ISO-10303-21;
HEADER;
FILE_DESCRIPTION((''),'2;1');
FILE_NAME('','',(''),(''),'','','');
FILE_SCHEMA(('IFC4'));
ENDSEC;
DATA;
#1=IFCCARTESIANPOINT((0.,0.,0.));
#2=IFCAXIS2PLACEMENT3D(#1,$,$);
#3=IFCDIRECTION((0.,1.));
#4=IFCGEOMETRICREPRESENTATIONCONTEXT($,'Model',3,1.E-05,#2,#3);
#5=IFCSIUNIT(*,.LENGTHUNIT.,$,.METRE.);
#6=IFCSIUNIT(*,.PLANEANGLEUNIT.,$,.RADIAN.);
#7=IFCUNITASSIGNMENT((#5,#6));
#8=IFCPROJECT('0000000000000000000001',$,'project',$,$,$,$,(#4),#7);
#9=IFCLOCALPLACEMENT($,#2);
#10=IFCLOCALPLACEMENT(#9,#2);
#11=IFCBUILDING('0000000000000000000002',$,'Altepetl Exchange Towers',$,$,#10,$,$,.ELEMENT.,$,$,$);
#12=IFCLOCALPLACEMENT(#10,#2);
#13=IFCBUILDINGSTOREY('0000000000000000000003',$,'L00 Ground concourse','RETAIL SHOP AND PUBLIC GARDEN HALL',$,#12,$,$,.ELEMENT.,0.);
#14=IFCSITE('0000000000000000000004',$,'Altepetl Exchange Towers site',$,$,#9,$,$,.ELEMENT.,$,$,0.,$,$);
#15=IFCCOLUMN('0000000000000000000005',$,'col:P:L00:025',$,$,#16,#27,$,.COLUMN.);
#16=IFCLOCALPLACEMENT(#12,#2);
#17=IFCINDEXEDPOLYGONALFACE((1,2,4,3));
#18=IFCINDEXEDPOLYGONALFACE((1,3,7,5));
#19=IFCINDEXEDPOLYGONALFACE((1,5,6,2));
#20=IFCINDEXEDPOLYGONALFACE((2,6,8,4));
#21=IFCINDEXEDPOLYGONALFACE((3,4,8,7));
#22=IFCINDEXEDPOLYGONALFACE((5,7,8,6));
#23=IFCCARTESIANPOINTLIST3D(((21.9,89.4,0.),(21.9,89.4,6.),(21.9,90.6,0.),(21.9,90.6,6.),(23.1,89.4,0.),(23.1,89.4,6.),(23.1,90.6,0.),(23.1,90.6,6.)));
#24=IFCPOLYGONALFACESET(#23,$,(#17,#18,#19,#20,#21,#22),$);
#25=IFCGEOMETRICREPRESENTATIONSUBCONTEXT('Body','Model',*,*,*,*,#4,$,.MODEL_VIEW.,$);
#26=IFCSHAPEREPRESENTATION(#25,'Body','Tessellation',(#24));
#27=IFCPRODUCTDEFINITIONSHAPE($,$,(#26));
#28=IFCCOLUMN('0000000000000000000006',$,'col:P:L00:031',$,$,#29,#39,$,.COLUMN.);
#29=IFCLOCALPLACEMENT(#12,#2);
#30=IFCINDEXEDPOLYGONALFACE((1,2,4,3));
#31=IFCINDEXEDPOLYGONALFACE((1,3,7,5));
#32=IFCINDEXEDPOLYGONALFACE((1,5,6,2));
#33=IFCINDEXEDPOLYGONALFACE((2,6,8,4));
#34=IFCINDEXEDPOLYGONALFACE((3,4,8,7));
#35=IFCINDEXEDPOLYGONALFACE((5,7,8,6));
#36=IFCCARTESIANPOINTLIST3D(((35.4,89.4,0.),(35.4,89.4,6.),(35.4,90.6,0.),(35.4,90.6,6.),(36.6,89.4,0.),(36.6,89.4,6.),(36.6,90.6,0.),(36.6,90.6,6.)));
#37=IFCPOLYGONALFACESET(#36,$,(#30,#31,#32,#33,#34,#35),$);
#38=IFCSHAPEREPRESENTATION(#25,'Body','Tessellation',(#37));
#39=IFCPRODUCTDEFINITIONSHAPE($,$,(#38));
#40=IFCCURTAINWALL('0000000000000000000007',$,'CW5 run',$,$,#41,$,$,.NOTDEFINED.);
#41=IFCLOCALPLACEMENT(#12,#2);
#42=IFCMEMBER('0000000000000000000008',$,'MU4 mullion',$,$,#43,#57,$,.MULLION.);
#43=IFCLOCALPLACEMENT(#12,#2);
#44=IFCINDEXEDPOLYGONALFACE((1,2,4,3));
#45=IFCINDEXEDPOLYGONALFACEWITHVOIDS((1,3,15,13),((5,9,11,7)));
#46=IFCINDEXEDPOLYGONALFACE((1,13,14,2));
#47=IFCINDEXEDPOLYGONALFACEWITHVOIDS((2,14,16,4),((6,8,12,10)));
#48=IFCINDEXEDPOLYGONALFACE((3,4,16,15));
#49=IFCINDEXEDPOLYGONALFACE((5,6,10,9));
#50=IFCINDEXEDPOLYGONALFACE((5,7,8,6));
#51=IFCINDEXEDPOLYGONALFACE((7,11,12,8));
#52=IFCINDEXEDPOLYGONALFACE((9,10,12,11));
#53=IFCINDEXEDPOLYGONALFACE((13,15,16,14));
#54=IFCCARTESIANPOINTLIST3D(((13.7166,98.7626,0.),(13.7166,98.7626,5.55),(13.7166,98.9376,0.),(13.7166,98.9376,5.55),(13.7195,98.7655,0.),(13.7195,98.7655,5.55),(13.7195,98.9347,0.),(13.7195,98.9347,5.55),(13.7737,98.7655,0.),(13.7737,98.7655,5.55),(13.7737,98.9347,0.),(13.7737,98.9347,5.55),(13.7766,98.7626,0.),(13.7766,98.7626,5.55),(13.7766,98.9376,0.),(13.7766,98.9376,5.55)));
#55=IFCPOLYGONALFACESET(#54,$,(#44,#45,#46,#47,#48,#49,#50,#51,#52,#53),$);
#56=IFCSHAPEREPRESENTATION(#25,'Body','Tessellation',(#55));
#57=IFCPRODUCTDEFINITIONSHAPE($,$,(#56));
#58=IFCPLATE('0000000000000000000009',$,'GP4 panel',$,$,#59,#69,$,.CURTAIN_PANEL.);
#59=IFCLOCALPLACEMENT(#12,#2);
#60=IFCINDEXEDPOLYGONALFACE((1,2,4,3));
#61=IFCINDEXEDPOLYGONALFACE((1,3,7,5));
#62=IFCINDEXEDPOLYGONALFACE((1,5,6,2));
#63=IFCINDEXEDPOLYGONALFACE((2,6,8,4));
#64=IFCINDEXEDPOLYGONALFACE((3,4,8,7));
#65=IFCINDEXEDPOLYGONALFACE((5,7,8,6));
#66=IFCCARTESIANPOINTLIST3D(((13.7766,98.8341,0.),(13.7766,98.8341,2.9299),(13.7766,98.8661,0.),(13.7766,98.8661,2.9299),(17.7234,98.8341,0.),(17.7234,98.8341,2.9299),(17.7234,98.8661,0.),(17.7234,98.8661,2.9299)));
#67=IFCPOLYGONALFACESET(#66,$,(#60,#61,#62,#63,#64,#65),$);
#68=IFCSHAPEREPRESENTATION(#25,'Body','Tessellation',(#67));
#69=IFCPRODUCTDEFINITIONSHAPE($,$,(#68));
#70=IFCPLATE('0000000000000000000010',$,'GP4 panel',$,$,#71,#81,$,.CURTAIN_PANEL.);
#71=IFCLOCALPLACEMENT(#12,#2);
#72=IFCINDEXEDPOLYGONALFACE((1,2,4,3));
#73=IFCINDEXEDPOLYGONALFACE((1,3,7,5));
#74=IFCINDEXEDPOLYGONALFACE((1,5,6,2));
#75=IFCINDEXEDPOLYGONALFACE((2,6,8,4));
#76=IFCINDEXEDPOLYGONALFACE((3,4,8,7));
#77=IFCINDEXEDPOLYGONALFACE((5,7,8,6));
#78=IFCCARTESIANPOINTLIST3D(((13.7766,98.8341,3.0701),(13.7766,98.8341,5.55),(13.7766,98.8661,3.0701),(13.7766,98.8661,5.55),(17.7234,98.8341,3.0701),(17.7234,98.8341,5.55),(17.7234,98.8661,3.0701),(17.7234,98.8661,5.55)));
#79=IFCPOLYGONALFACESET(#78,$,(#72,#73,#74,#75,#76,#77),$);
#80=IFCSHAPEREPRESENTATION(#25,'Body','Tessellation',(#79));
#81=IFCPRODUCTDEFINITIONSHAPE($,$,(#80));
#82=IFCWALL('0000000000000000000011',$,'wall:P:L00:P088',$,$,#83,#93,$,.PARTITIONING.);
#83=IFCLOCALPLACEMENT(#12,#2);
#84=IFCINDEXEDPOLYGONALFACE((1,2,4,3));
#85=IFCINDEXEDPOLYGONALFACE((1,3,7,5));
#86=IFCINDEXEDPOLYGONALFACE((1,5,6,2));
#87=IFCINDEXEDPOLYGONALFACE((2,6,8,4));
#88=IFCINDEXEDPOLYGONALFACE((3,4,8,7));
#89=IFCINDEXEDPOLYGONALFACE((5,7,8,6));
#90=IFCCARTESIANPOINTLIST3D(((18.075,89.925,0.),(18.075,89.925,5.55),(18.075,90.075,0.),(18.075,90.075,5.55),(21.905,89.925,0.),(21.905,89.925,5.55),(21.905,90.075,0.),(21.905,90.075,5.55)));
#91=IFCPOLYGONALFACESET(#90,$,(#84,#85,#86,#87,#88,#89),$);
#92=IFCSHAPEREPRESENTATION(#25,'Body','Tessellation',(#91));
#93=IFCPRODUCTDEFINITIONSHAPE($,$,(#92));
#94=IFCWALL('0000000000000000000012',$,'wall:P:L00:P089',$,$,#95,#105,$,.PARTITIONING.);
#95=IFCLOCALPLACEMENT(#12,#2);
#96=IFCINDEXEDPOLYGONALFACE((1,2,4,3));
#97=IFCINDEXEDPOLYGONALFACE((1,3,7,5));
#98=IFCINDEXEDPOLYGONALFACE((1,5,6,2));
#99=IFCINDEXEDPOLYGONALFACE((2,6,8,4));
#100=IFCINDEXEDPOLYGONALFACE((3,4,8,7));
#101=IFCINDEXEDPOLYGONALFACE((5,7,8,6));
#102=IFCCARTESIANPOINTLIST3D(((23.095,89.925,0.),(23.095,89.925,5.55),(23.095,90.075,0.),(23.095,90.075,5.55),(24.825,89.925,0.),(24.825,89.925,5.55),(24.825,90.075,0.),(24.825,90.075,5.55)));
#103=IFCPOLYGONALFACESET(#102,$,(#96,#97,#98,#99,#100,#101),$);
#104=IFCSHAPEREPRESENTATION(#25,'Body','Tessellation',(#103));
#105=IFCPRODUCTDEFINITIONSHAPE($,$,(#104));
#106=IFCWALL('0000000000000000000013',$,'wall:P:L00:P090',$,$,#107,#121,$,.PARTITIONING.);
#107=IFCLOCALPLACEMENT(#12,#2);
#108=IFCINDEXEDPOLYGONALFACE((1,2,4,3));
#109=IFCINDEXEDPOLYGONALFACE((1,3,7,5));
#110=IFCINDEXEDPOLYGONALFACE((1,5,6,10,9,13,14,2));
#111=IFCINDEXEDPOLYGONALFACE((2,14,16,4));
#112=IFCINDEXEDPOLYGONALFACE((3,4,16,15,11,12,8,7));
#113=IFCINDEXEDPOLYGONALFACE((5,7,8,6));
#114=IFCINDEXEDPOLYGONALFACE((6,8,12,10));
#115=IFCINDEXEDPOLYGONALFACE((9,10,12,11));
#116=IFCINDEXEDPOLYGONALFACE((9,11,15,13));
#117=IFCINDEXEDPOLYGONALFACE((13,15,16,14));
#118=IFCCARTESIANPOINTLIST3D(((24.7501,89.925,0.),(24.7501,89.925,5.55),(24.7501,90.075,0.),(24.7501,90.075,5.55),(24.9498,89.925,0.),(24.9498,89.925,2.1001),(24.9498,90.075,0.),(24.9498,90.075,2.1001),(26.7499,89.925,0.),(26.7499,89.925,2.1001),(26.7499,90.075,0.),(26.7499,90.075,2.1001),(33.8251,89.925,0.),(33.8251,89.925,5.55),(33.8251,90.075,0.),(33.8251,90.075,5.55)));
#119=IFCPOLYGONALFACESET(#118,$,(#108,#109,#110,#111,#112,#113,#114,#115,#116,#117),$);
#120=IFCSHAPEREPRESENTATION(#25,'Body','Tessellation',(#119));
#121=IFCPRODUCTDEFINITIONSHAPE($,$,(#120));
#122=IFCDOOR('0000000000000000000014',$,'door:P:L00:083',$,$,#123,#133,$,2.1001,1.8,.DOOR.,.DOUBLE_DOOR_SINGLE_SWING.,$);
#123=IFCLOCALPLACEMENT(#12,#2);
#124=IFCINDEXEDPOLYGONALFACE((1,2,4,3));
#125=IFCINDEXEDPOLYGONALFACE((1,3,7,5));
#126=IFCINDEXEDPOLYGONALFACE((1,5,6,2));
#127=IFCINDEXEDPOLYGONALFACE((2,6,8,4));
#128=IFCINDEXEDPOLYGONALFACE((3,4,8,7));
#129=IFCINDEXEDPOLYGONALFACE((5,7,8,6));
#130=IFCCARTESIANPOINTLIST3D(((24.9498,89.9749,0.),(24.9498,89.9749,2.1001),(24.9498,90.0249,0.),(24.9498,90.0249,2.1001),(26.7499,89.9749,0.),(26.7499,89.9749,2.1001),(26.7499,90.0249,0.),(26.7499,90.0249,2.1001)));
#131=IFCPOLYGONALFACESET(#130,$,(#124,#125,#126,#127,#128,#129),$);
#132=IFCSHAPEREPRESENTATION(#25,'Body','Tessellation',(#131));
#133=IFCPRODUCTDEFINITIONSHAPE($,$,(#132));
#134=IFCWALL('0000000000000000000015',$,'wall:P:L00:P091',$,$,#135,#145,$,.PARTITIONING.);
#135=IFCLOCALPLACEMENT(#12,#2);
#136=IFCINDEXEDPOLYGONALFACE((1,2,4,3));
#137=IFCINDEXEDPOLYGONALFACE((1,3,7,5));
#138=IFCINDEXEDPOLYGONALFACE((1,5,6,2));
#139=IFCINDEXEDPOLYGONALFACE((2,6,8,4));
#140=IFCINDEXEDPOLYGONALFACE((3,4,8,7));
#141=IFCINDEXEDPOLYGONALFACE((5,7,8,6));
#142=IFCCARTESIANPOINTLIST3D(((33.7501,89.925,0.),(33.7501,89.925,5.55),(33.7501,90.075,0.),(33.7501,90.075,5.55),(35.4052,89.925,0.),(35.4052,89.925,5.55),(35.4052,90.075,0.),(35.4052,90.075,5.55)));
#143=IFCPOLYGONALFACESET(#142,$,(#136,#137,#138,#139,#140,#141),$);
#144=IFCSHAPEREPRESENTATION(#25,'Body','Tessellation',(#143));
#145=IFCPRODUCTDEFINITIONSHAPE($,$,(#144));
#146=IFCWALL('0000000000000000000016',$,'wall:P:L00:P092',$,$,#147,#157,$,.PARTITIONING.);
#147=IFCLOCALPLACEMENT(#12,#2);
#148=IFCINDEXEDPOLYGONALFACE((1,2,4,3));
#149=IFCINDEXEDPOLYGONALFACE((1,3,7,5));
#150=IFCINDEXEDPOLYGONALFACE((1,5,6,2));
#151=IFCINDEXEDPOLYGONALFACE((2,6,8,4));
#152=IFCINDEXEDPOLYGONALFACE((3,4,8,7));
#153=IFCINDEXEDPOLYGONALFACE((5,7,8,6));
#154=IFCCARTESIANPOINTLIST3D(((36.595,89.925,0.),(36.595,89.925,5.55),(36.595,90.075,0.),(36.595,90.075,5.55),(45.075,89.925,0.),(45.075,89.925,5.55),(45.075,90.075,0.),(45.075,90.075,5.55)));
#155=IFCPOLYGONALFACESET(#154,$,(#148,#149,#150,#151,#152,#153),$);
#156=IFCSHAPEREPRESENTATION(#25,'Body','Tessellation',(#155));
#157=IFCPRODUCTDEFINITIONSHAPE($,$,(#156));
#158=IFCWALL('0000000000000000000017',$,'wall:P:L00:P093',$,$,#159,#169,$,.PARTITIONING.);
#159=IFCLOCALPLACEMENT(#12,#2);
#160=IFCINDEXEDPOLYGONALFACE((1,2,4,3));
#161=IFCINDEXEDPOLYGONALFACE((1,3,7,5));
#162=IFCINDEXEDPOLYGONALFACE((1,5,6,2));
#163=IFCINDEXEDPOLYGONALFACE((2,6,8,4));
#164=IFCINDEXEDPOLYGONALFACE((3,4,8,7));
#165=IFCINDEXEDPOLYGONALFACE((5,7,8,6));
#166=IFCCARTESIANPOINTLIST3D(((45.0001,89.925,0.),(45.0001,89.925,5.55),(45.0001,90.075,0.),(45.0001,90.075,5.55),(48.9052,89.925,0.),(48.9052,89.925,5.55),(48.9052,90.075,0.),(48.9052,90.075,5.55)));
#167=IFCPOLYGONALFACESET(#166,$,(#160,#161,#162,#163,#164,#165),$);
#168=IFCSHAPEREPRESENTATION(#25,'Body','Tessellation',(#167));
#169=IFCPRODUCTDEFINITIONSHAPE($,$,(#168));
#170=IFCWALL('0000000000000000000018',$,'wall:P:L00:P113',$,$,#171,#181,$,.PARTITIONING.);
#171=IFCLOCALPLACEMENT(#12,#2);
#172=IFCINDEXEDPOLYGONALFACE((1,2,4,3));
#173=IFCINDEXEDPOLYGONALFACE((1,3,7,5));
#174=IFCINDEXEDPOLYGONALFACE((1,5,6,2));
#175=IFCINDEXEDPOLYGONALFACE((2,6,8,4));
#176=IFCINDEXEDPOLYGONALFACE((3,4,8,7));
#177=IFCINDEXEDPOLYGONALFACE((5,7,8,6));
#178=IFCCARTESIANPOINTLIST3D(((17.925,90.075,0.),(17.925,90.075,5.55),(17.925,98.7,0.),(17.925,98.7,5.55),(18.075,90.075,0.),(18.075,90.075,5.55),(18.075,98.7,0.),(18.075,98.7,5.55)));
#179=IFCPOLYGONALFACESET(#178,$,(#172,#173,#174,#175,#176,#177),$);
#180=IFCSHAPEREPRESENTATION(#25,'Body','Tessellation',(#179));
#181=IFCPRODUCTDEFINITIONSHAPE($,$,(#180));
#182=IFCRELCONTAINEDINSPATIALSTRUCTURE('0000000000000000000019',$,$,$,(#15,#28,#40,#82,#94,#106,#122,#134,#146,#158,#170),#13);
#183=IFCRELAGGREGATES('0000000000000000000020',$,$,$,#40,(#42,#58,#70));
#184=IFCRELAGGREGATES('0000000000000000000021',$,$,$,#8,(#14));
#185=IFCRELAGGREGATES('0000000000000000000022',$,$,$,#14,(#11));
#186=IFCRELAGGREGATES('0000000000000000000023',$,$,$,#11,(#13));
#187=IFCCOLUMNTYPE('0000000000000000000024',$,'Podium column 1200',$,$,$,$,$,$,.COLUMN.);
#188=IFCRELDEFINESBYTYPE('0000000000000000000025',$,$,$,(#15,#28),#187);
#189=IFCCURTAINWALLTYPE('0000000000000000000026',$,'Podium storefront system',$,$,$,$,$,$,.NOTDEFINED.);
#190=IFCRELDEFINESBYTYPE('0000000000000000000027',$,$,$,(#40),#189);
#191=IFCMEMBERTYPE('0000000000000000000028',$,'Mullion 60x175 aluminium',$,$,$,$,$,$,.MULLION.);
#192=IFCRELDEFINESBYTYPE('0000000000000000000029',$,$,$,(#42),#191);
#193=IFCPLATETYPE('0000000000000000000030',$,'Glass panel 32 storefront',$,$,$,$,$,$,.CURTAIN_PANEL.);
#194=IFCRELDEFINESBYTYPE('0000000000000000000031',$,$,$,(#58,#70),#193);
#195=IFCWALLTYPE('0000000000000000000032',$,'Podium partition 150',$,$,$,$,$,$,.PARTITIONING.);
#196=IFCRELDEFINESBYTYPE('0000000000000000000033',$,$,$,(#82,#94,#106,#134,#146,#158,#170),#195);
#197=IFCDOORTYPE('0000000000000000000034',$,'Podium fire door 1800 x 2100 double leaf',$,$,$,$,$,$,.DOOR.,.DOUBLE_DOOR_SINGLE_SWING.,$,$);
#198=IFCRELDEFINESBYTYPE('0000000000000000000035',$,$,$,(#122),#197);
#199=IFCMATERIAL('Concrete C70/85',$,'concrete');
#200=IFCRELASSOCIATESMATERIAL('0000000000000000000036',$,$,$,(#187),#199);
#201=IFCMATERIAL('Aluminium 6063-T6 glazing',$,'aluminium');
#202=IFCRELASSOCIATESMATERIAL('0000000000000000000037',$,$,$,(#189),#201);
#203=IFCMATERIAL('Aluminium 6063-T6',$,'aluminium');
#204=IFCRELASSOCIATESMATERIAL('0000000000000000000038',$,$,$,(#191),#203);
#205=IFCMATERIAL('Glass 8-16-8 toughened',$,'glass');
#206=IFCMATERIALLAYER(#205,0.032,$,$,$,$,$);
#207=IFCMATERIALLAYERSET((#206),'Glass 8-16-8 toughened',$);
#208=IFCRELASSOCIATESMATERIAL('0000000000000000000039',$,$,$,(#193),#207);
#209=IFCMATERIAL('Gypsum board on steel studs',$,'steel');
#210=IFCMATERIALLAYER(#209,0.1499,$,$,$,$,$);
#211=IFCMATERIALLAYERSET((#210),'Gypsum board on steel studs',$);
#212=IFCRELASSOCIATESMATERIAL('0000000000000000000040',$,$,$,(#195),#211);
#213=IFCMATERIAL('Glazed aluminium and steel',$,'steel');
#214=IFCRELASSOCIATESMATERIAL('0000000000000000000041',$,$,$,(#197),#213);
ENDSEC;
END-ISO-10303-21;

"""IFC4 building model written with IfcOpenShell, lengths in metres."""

from ifc_helpers import new_model, si_unit, direction, frame, frame_2d, origin, origin_2d, place, context, subcontext, project, spatial, rectangle, hollow_rectangle, extrude, material, layer, layer_set, material_profile, profile_set, type_object, element, fill, aggregate, save


model = new_model("IFC4")

# Units and contexts
model_context = context("Model", 3, precision=1e-05, world=origin(), true_north=direction((0.0, 1.0)))
body_context = subcontext(model_context, "Body", "Model", "MODEL_VIEW")
ifc_project = project(units=[si_unit("LENGTHUNIT", "METRE"), si_unit("PLANEANGLEUNIT", "RADIAN")], contexts=[model_context])

# Site, building, storey
site_placement = place(None, origin())
site = spatial("IfcSite", under=ifc_project, at=site_placement, Name="Altepetl Exchange Towers site", CompositionType="ELEMENT", RefElevation=0.0)
building_placement = place(site_placement, origin())
building = spatial("IfcBuilding", under=site, at=building_placement, Name="Altepetl Exchange Towers", CompositionType="ELEMENT")
storey_placement = place(building_placement, origin())
storey = spatial("IfcBuildingStorey", under=building, at=storey_placement, Name="L00 Ground concourse", Description="RETAIL SHOP AND PUBLIC GARDEN HALL", CompositionType="ELEMENT", Elevation=0.0)

# Columns
ifc_material_1 = material(Name="Concrete C70/85", Category="concrete")
ifc_material_profile_1 = material_profile(ifc_material_1, rectangle(XDim=1.2, YDim=1.2, at=origin_2d()), Name="1200 x 1200")
ifc_profile_set_1 = profile_set([ifc_material_profile_1], Name="Concrete C70/85")
column_type = type_object("IfcColumnType", Name="Podium column 1200", PredefinedType="COLUMN", material=ifc_profile_set_1)
for number, where, name in (
    (1, (22.5, 90.0, 0.0), "col:P:L00:025"),
    (2, (36.0, 90.0, 0.0), "col:P:L00:031"),
):
    element("IfcColumn", number, at=place(storey_placement, frame(where)), inside=storey, type_object=column_type, Name=name, PredefinedType="COLUMN", context=body_context, shape_type="SweptSolid", body=[
        extrude(rectangle(XDim=1.2, YDim=1.2, at=origin_2d()), origin(), (0.0, 0.0, 1.0), 6.0),
    ])

# Curtain wall, member, plates
ifc_material_2 = material(Name="Aluminium 6063-T6 glazing", Category="aluminium")
curtain_wall_type = type_object("IfcCurtainWallType", Name="Podium storefront system", PredefinedType="NOTDEFINED", material=ifc_material_2)
curtain_wall_placement = place(storey_placement, origin())
curtain_wall = element("IfcCurtainWall", 3, at=curtain_wall_placement, inside=storey, type_object=curtain_wall_type, Name="CW5 run", PredefinedType="NOTDEFINED")
ifc_material_3 = material(Name="Aluminium 6063-T6", Category="aluminium")
ifc_material_profile_2 = material_profile(ifc_material_3, hollow_rectangle(XDim=0.0601, YDim=0.175, WallThickness=0.0029, at=origin_2d()), Name="Mullion 60x175 aluminium")
ifc_profile_set_2 = profile_set([ifc_material_profile_2], Name="Aluminium 6063-T6")
member_type = type_object("IfcMemberType", Name="Mullion 60x175 aluminium", PredefinedType="MULLION", material=ifc_profile_set_2)
member_placement = place(storey_placement, frame((13.7466, 98.8501, 0.0), z_axis=(0.0, 0.0, 1.0), x_axis=(-1.0, 0.0, 0.0)))
member = element("IfcMember", 4, at=member_placement, type_object=member_type, Name="MU4 mullion", PredefinedType="MULLION", context=body_context, shape_type="SweptSolid", body=[
    extrude(hollow_rectangle(XDim=0.0601, YDim=0.175, WallThickness=0.0029, at=origin_2d()), origin(), (0.0, 0.0, 1.0), 5.55),
])
ifc_material_4 = material(Name="Glass 8-16-8 toughened", Category="glass")
ifc_layer_1 = layer(ifc_material_4, 0.032)
ifc_layer_set_1 = layer_set([ifc_layer_1], Name="Glass 8-16-8 toughened")
plate_type = type_object("IfcPlateType", Name="Glass panel 32 storefront", PredefinedType="CURTAIN_PANEL", material=ifc_layer_set_1)
plate_1_placement = place(storey_placement, frame((15.75, 98.8501, 0.0), z_axis=(0.0, 0.0, 1.0), x_axis=(-1.0, 0.0, 0.0)))
plate_1 = element("IfcPlate", 5, at=plate_1_placement, type_object=plate_type, Name="GP4 panel", PredefinedType="CURTAIN_PANEL", context=body_context, shape_type="SweptSolid", body=[
    extrude(rectangle(XDim=3.9468, YDim=0.032, at=origin_2d()), origin(), (0.0, 0.0, 1.0), 2.9299),
])
plate_2_placement = place(storey_placement, frame((15.75, 98.8501, 3.0701), z_axis=(0.0, 0.0, 1.0), x_axis=(-1.0, 0.0, 0.0)))
plate_2 = element("IfcPlate", 6, at=plate_2_placement, type_object=plate_type, Name="GP4 panel", PredefinedType="CURTAIN_PANEL", context=body_context, shape_type="SweptSolid", body=[
    extrude(rectangle(XDim=3.9468, YDim=0.032, at=origin_2d()), origin(), (0.0, 0.0, 1.0), 2.48),
])
aggregate(curtain_wall, [member, plate_1, plate_2])

# Walls
ifc_material_5 = material(Name="Gypsum board on steel studs", Category="steel")
ifc_layer_2 = layer(ifc_material_5, 0.1499)
ifc_layer_set_2 = layer_set([ifc_layer_2], Name="Gypsum board on steel studs")
wall_type_1 = type_object("IfcWallType", Name="Podium partition 150", PredefinedType="PARTITIONING", material=ifc_layer_set_2)
wall_1_placement = place(storey_placement, frame((18.075, 90.0, 0.0)))
element("IfcWall", 7, at=wall_1_placement, inside=storey, type_object=wall_type_1, Name="wall:P:L00:P088", PredefinedType="PARTITIONING", context=body_context, shape_type="SweptSolid", body=[
    extrude(rectangle(XDim=3.8301, YDim=0.1499, at=frame_2d((1.915, 0.0))), origin(), (0.0, 0.0, 1.0), 5.55),
])
wall_2_placement = place(storey_placement, frame((23.095, 90.0, 0.0)))
element("IfcWall", 8, at=wall_2_placement, inside=storey, type_object=wall_type_1, Name="wall:P:L00:P089", PredefinedType="PARTITIONING", context=body_context, shape_type="SweptSolid", body=[
    extrude(rectangle(XDim=1.73, YDim=0.1499, at=frame_2d((0.865, 0.0))), origin(), (0.0, 0.0, 1.0), 5.55),
])

# Wall, opening, door
wall_3_placement = place(storey_placement, frame((24.75, 90.0, 0.0)))
wall_3 = element("IfcWall", 9, at=wall_3_placement, inside=storey, type_object=wall_type_1, Name="wall:P:L00:P090", PredefinedType="PARTITIONING", context=body_context, shape_type="SweptSolid", body=[
    extrude(rectangle(XDim=9.075, YDim=0.1499, at=frame_2d((4.5376, 0.0))), origin(), (0.0, 0.0, 1.0), 5.55),
])
opening_1_placement = place(wall_3_placement, frame((0.2, 0.0, 0.0)))
opening_1 = element("IfcOpeningElement", 10, at=opening_1_placement, cuts=wall_3, PredefinedType="OPENING", context=body_context, shape_type="SweptSolid", body=[
    extrude(rectangle(XDim=1.8, YDim=2.1001, at=frame_2d((0.8999, 1.05))), frame((0.0, 0.085, 0.0), z_axis=(0.0, -1.0, 0.0), x_axis=(1.0, 0.0, 0.0)), (0.0, 0.0, 1.0), 0.1699),
])
ifc_material_6 = material(Name="Glazed aluminium and steel", Category="steel")
door_type_1 = type_object("IfcDoorType", Name="Podium fire door 1800 x 2100 double leaf", OperationType="DOUBLE_DOOR_SINGLE_SWING", PredefinedType="DOOR", material=ifc_material_6)
door_1_placement = place(opening_1_placement, origin())
door_1 = element("IfcDoor", 11, at=door_1_placement, inside=storey, type_object=door_type_1, Name="door:P:L00:083", OperationType="DOUBLE_DOOR_SINGLE_SWING", OverallHeight=2.1001, OverallWidth=1.8, PredefinedType="DOOR", context=body_context, shape_type="SweptSolid", body=[
    extrude(rectangle(XDim=1.8, YDim=2.1001, at=frame_2d((0.8999, 1.05))), frame((0.0, 0.0249, 0.0), z_axis=(0.0, -1.0, 0.0), x_axis=(1.0, 0.0, 0.0)), (0.0, 0.0, 1.0), 0.05),
])
fill(opening_1, door_1)

# Walls
wall_4_placement = place(storey_placement, frame((33.75, 90.0, 0.0)))
element("IfcWall", 12, at=wall_4_placement, inside=storey, type_object=wall_type_1, Name="wall:P:L00:P091", PredefinedType="PARTITIONING", context=body_context, shape_type="SweptSolid", body=[
    extrude(rectangle(XDim=1.655, YDim=0.1499, at=frame_2d((0.8276, 0.0))), origin(), (0.0, 0.0, 1.0), 5.55),
])
wall_5_placement = place(storey_placement, frame((36.595, 90.0, 0.0)))
element("IfcWall", 13, at=wall_5_placement, inside=storey, type_object=wall_type_1, Name="wall:P:L00:P092", PredefinedType="PARTITIONING", context=body_context, shape_type="SweptSolid", body=[
    extrude(rectangle(XDim=8.48, YDim=0.1499, at=frame_2d((4.24, 0.0))), origin(), (0.0, 0.0, 1.0), 5.55),
])
wall_6_placement = place(storey_placement, frame((45.0, 90.0, 0.0)))
element("IfcWall", 14, at=wall_6_placement, inside=storey, type_object=wall_type_1, Name="wall:P:L00:P093", PredefinedType="PARTITIONING", context=body_context, shape_type="SweptSolid", body=[
    extrude(rectangle(XDim=3.905, YDim=0.1499, at=frame_2d((1.9526, 0.0))), origin(), (0.0, 0.0, 1.0), 5.55),
])
wall_7_placement = place(storey_placement, frame((18.0, 90.075, 0.0), z_axis=(0.0, 0.0, 1.0), x_axis=(0.0, 1.0, 0.0)))
element("IfcWall", 15, at=wall_7_placement, inside=storey, type_object=wall_type_1, Name="wall:P:L00:P113", PredefinedType="PARTITIONING", context=body_context, shape_type="SweptSolid", body=[
    extrude(rectangle(XDim=8.625, YDim=0.1499, at=frame_2d((4.3125, 0.0))), origin(), (0.0, 0.0, 1.0), 5.55),
])

save(model, "model.ifc")
